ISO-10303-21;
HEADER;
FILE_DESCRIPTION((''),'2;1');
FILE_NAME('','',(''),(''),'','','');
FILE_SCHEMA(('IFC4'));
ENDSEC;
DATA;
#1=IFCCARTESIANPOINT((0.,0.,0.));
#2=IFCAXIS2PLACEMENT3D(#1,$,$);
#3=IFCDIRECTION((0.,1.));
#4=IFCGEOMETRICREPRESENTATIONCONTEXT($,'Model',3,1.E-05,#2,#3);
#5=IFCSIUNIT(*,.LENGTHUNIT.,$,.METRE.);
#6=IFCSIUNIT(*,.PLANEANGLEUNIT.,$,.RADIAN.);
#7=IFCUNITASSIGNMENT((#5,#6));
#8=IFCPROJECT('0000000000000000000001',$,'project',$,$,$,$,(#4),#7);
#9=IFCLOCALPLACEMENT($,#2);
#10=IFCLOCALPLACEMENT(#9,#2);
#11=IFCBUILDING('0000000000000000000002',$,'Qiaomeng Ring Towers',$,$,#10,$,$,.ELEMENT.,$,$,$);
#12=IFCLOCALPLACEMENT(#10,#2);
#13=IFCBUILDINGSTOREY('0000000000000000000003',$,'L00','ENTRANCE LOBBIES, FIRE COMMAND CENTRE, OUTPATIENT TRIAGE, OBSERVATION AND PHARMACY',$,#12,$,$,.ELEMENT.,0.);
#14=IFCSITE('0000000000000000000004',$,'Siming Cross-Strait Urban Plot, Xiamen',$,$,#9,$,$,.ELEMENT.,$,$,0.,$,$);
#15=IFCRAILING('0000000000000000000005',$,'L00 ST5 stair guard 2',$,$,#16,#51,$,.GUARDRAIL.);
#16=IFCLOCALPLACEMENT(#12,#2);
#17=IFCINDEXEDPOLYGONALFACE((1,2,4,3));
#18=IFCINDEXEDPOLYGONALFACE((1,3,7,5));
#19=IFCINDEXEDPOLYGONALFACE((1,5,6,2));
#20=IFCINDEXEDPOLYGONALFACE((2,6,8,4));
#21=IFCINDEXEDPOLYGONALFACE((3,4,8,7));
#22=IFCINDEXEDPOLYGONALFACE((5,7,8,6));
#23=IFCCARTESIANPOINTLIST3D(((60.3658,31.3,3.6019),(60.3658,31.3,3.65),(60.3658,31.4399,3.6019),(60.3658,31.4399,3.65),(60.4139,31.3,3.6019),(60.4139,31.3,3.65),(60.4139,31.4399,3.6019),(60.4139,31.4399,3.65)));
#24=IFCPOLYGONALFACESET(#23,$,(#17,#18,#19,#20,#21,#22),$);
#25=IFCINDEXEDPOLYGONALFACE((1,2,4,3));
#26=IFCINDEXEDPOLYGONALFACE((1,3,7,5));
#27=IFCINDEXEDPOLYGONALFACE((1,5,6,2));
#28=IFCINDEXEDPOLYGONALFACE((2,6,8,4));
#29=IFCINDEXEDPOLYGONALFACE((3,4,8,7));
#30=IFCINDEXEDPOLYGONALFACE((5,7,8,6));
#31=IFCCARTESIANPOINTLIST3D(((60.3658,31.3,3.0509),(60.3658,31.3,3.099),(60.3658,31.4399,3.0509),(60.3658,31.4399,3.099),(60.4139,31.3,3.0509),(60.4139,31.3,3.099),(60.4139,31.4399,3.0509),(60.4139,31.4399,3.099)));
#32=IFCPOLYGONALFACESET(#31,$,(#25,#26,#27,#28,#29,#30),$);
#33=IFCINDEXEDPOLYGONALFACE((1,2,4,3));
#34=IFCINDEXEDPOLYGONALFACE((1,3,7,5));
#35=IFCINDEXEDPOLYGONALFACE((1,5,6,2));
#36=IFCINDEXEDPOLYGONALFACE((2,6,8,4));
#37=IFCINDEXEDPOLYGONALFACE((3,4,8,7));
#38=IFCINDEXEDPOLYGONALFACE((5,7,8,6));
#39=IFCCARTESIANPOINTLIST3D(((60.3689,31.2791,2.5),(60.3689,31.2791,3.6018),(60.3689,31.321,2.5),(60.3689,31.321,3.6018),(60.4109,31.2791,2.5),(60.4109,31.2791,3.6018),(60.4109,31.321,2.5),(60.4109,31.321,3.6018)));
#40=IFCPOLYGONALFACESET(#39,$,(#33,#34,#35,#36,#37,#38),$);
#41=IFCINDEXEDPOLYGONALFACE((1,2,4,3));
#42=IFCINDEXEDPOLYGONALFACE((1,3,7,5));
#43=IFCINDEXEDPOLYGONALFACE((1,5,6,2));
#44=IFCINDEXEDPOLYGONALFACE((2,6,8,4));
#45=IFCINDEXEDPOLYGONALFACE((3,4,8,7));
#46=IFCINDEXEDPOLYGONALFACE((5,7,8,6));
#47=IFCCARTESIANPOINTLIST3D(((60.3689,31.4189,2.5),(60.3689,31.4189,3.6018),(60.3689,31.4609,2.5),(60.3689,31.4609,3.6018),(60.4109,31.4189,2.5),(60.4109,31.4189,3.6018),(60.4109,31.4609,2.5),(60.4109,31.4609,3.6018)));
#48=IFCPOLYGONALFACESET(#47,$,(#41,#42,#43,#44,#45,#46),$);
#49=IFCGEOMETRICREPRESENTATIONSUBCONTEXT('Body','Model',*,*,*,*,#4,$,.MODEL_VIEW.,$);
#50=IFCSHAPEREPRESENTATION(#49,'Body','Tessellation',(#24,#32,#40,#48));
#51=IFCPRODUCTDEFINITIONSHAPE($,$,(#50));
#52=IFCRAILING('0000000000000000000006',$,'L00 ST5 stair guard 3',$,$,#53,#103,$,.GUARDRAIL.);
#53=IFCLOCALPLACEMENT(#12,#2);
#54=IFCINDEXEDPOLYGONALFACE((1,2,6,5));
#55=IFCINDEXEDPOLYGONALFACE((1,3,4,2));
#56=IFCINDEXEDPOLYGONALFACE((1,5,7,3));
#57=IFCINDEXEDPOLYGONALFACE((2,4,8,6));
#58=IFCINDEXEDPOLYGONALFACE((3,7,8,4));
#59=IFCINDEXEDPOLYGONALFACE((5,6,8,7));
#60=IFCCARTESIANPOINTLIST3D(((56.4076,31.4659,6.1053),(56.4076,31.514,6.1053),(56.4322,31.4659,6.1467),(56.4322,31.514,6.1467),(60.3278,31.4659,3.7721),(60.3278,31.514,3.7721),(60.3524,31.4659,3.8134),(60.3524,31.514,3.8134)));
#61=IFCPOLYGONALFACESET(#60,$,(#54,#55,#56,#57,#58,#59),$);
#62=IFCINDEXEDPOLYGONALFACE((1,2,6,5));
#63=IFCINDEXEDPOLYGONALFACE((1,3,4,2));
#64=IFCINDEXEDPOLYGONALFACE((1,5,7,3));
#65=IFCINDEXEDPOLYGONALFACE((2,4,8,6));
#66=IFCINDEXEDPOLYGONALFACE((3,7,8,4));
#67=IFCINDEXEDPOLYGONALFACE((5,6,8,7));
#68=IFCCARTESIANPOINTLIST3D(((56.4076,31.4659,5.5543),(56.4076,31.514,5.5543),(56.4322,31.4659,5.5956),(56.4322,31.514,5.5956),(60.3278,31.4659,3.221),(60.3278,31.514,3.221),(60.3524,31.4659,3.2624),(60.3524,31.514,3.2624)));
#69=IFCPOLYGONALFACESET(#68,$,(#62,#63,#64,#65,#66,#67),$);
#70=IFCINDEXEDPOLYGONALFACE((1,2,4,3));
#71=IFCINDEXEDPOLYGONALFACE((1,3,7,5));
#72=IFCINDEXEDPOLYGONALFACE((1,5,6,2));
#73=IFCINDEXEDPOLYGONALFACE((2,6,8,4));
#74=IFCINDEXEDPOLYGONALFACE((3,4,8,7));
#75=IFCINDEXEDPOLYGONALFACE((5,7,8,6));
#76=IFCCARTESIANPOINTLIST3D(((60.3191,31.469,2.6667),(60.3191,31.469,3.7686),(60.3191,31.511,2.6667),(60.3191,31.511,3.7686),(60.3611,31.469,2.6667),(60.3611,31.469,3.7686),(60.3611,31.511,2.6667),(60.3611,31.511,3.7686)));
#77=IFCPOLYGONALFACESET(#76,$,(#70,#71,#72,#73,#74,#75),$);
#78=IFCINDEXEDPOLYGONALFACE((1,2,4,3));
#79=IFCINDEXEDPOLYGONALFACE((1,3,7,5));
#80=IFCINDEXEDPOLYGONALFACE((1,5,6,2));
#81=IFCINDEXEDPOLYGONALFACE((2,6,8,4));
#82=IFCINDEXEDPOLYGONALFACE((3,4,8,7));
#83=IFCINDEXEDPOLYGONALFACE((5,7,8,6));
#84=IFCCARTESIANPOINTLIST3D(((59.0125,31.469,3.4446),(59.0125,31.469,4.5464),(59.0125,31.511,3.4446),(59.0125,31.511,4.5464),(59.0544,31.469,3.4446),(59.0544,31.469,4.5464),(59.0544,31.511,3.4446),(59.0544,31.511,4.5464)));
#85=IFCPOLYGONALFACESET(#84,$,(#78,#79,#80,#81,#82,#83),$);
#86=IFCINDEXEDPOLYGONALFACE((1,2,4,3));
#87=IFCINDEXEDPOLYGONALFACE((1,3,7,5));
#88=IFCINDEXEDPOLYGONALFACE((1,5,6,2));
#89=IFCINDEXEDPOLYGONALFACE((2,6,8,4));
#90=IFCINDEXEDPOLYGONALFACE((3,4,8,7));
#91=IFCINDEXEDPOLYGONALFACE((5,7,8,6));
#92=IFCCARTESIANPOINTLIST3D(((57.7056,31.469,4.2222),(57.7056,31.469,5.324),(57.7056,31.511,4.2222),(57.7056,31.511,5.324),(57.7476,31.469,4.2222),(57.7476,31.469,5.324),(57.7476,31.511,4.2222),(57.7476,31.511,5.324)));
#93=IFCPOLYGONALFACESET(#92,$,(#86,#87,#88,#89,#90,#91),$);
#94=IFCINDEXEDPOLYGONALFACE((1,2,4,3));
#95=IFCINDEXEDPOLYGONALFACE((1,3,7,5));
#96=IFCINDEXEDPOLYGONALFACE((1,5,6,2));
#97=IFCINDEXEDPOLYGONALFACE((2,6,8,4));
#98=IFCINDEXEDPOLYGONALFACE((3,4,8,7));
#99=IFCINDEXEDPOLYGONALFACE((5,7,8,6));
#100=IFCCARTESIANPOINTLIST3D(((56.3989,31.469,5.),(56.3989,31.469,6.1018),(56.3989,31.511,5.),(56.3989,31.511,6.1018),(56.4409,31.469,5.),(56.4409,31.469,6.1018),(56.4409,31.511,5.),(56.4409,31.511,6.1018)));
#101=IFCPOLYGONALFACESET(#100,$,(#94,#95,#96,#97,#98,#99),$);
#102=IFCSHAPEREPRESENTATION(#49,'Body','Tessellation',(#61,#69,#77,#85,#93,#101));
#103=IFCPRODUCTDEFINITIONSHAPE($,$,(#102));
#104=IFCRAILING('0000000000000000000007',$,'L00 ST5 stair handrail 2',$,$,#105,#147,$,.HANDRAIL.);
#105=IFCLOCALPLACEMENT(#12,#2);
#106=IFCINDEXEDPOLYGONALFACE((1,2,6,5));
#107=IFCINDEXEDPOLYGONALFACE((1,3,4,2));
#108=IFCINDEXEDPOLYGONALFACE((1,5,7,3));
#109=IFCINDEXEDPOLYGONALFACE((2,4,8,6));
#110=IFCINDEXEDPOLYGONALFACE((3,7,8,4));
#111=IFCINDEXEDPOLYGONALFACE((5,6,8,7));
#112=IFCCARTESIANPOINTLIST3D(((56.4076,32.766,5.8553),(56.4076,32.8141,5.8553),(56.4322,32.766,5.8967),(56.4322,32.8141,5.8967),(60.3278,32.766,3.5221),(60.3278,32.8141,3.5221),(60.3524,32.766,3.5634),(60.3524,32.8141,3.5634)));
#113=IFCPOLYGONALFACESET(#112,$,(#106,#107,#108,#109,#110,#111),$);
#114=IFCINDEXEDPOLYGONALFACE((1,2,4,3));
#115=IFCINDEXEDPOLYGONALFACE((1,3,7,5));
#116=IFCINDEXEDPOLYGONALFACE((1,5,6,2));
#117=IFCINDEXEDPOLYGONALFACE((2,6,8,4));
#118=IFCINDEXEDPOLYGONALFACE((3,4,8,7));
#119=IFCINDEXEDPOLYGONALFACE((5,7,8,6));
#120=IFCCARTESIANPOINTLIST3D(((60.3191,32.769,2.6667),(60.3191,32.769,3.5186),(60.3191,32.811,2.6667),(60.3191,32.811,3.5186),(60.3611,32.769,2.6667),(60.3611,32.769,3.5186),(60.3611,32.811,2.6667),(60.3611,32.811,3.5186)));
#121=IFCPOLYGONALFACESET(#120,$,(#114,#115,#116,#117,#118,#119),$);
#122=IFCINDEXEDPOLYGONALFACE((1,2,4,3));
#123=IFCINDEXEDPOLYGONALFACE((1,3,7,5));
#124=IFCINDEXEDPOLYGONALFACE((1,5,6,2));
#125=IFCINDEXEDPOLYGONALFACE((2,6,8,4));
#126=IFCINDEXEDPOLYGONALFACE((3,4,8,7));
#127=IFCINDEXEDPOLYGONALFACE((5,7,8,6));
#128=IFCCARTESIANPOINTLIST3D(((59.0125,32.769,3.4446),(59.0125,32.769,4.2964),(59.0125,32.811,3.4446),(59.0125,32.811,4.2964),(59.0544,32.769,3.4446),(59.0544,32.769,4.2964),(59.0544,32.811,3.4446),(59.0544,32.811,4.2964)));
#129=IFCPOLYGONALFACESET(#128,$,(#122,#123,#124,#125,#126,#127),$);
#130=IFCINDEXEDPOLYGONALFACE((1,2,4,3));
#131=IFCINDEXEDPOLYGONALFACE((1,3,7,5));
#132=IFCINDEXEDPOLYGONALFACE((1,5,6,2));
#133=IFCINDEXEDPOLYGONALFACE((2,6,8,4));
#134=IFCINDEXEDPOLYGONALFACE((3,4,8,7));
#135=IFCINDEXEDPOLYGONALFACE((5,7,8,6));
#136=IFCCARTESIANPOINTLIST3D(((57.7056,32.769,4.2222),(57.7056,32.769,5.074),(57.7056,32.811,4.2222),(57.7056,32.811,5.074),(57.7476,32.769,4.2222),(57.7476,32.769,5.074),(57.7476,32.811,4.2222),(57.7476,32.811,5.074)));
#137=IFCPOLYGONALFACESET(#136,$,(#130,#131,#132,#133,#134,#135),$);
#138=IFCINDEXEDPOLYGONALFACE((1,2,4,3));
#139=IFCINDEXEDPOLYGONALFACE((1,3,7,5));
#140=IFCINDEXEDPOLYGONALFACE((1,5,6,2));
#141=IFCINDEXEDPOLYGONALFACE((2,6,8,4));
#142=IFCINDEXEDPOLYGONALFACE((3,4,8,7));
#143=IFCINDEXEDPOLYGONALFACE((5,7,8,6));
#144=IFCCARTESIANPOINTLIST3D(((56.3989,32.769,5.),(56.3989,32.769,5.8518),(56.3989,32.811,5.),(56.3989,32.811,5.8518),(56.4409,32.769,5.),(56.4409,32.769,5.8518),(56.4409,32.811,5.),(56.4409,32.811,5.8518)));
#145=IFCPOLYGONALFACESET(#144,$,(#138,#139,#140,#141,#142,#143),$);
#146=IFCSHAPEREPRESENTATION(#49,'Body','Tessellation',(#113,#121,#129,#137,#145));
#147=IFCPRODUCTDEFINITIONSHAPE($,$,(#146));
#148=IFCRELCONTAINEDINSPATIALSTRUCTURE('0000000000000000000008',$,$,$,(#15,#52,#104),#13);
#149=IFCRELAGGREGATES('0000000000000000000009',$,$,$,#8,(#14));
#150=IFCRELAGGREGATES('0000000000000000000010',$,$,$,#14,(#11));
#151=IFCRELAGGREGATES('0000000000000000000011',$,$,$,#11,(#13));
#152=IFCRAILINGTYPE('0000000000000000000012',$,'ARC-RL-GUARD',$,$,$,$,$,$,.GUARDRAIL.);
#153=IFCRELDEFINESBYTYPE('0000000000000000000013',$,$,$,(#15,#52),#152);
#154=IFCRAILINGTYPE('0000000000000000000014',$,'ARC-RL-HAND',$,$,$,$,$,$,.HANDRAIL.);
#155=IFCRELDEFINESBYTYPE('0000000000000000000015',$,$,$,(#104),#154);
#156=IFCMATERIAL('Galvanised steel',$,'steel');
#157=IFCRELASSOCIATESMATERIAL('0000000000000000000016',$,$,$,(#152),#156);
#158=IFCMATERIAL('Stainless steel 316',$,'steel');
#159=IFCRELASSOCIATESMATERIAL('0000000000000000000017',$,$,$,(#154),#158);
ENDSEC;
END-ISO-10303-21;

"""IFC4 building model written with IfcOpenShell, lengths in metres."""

from ifc_helpers import new_model, si_unit, direction, frame, origin, origin_2d, place, context, subcontext, project, spatial, rectangle, extrude, material, type_object, element, save


model = new_model("IFC4")

# Units and contexts
model_context = context("Model", 3, precision=1e-05, world=origin(), true_north=direction((0.0, 1.0)))
body_context = subcontext(model_context, "Body", "Model", "MODEL_VIEW")
ifc_project = project(units=[si_unit("LENGTHUNIT", "METRE"), si_unit("PLANEANGLEUNIT", "RADIAN")], contexts=[model_context])

# Site, building, storey
site_placement = place(None, origin())
site = spatial("IfcSite", under=ifc_project, at=site_placement, Name="Siming Cross-Strait Urban Plot, Xiamen", CompositionType="ELEMENT", RefElevation=0.0)
building_placement = place(site_placement, origin())
building = spatial("IfcBuilding", under=site, at=building_placement, Name="Qiaomeng Ring Towers", CompositionType="ELEMENT")
storey_placement = place(building_placement, origin())
storey = spatial("IfcBuildingStorey", under=building, at=storey_placement, Name="L00", Description="ENTRANCE LOBBIES, FIRE COMMAND CENTRE, OUTPATIENT TRIAGE, OBSERVATION AND PHARMACY", CompositionType="ELEMENT", Elevation=0.0)

# Shared definitions
ifc_material_1 = material(Name="Galvanised steel", Category="steel")

# Shared definitions
ifc_material_2 = material(Name="Stainless steel 316", Category="steel")

# Railings
railing_type_1 = type_object("IfcRailingType", Name="ARC-RL-GUARD", PredefinedType="GUARDRAIL", material=ifc_material_1)
railing_1_placement = place(storey_placement, frame((60.3899, 31.3, 2.5)))
element("IfcRailing", 1, at=railing_1_placement, inside=storey, type_object=railing_type_1, Name="L00 ST5 stair guard 2", PredefinedType="GUARDRAIL", context=body_context, shape_type="SweptSolid", body=[
    extrude(rectangle(XDim=0.0481, YDim=0.0481, at=origin_2d()), frame((0.0, 0.0, 1.126), z_axis=(0.0, 1.0, 0.0), x_axis=(-1.0, 0.0, 0.0)), (0.0, 0.0, 1.0), 0.1399),
    extrude(rectangle(XDim=0.0481, YDim=0.0481, at=origin_2d()), frame((0.0, 0.0, 0.575), z_axis=(0.0, 1.0, 0.0), x_axis=(-1.0, 0.0, 0.0)), (0.0, 0.0, 1.0), 0.1399),
    extrude(rectangle(XDim=0.042, YDim=0.042, at=origin_2d()), origin(), (0.0, 0.0, 1.0), 1.1018),
    extrude(rectangle(XDim=0.042, YDim=0.042, at=origin_2d()), frame((0.0, 0.1399, 0.0)), (0.0, 0.0, 1.0), 1.1018),
])
railing_2_placement = place(storey_placement, frame((60.3401, 31.49, 2.6667)))
element("IfcRailing", 2, at=railing_2_placement, inside=storey, type_object=railing_type_1, Name="L00 ST5 stair guard 3", PredefinedType="GUARDRAIL", context=body_context, shape_type="SweptSolid", body=[
    extrude(rectangle(XDim=0.0481, YDim=0.0481, at=origin_2d()), frame((0.0, 0.0, 1.126), z_axis=(-0.85931, 0.0, 0.511455), x_axis=(0.0, -1.0, 0.0)), (0.0, 0.0, 1.0), 4.562),
    extrude(rectangle(XDim=0.0481, YDim=0.0481, at=origin_2d()), frame((0.0, 0.0, 0.575), z_axis=(-0.85931, 0.0, 0.511455), x_axis=(0.0, -1.0, 0.0)), (0.0, 0.0, 1.0), 4.562),
    extrude(rectangle(XDim=0.042, YDim=0.042, at=origin_2d()), origin(), (0.0, 0.0, 1.0), 1.1018),
    extrude(rectangle(XDim=0.042, YDim=0.042, at=origin_2d()), frame((-1.3066, 0.0, 0.7778)), (0.0, 0.0, 1.0), 1.1018),
    extrude(rectangle(XDim=0.042, YDim=0.042, at=origin_2d()), frame((-2.6135, 0.0, 1.5554)), (0.0, 0.0, 1.0), 1.1018),
    extrude(rectangle(XDim=0.042, YDim=0.042, at=origin_2d()), frame((-3.9202, 0.0, 2.3333)), (0.0, 0.0, 1.0), 1.1018),
])
railing_type_2 = type_object("IfcRailingType", Name="ARC-RL-HAND", PredefinedType="HANDRAIL", material=ifc_material_2)
railing_3_placement = place(storey_placement, frame((60.3401, 32.79, 2.6667)))
element("IfcRailing", 3, at=railing_3_placement, inside=storey, type_object=railing_type_2, Name="L00 ST5 stair handrail 2", PredefinedType="HANDRAIL", context=body_context, shape_type="SweptSolid", body=[
    extrude(rectangle(XDim=0.0481, YDim=0.0481, at=origin_2d()), frame((0.0, 0.0, 0.876), z_axis=(-0.85931, 0.0, 0.511455), x_axis=(0.0, -1.0, 0.0)), (0.0, 0.0, 1.0), 4.562),
    extrude(rectangle(XDim=0.042, YDim=0.042, at=origin_2d()), origin(), (0.0, 0.0, 1.0), 0.8518),
    extrude(rectangle(XDim=0.042, YDim=0.042, at=origin_2d()), frame((-1.3066, 0.0, 0.7778)), (0.0, 0.0, 1.0), 0.8518),
    extrude(rectangle(XDim=0.042, YDim=0.042, at=origin_2d()), frame((-2.6135, 0.0, 1.5554)), (0.0, 0.0, 1.0), 0.8518),
    extrude(rectangle(XDim=0.042, YDim=0.042, at=origin_2d()), frame((-3.9202, 0.0, 2.3333)), (0.0, 0.0, 1.0), 0.8518),
])

save(model, "model.ifc")
